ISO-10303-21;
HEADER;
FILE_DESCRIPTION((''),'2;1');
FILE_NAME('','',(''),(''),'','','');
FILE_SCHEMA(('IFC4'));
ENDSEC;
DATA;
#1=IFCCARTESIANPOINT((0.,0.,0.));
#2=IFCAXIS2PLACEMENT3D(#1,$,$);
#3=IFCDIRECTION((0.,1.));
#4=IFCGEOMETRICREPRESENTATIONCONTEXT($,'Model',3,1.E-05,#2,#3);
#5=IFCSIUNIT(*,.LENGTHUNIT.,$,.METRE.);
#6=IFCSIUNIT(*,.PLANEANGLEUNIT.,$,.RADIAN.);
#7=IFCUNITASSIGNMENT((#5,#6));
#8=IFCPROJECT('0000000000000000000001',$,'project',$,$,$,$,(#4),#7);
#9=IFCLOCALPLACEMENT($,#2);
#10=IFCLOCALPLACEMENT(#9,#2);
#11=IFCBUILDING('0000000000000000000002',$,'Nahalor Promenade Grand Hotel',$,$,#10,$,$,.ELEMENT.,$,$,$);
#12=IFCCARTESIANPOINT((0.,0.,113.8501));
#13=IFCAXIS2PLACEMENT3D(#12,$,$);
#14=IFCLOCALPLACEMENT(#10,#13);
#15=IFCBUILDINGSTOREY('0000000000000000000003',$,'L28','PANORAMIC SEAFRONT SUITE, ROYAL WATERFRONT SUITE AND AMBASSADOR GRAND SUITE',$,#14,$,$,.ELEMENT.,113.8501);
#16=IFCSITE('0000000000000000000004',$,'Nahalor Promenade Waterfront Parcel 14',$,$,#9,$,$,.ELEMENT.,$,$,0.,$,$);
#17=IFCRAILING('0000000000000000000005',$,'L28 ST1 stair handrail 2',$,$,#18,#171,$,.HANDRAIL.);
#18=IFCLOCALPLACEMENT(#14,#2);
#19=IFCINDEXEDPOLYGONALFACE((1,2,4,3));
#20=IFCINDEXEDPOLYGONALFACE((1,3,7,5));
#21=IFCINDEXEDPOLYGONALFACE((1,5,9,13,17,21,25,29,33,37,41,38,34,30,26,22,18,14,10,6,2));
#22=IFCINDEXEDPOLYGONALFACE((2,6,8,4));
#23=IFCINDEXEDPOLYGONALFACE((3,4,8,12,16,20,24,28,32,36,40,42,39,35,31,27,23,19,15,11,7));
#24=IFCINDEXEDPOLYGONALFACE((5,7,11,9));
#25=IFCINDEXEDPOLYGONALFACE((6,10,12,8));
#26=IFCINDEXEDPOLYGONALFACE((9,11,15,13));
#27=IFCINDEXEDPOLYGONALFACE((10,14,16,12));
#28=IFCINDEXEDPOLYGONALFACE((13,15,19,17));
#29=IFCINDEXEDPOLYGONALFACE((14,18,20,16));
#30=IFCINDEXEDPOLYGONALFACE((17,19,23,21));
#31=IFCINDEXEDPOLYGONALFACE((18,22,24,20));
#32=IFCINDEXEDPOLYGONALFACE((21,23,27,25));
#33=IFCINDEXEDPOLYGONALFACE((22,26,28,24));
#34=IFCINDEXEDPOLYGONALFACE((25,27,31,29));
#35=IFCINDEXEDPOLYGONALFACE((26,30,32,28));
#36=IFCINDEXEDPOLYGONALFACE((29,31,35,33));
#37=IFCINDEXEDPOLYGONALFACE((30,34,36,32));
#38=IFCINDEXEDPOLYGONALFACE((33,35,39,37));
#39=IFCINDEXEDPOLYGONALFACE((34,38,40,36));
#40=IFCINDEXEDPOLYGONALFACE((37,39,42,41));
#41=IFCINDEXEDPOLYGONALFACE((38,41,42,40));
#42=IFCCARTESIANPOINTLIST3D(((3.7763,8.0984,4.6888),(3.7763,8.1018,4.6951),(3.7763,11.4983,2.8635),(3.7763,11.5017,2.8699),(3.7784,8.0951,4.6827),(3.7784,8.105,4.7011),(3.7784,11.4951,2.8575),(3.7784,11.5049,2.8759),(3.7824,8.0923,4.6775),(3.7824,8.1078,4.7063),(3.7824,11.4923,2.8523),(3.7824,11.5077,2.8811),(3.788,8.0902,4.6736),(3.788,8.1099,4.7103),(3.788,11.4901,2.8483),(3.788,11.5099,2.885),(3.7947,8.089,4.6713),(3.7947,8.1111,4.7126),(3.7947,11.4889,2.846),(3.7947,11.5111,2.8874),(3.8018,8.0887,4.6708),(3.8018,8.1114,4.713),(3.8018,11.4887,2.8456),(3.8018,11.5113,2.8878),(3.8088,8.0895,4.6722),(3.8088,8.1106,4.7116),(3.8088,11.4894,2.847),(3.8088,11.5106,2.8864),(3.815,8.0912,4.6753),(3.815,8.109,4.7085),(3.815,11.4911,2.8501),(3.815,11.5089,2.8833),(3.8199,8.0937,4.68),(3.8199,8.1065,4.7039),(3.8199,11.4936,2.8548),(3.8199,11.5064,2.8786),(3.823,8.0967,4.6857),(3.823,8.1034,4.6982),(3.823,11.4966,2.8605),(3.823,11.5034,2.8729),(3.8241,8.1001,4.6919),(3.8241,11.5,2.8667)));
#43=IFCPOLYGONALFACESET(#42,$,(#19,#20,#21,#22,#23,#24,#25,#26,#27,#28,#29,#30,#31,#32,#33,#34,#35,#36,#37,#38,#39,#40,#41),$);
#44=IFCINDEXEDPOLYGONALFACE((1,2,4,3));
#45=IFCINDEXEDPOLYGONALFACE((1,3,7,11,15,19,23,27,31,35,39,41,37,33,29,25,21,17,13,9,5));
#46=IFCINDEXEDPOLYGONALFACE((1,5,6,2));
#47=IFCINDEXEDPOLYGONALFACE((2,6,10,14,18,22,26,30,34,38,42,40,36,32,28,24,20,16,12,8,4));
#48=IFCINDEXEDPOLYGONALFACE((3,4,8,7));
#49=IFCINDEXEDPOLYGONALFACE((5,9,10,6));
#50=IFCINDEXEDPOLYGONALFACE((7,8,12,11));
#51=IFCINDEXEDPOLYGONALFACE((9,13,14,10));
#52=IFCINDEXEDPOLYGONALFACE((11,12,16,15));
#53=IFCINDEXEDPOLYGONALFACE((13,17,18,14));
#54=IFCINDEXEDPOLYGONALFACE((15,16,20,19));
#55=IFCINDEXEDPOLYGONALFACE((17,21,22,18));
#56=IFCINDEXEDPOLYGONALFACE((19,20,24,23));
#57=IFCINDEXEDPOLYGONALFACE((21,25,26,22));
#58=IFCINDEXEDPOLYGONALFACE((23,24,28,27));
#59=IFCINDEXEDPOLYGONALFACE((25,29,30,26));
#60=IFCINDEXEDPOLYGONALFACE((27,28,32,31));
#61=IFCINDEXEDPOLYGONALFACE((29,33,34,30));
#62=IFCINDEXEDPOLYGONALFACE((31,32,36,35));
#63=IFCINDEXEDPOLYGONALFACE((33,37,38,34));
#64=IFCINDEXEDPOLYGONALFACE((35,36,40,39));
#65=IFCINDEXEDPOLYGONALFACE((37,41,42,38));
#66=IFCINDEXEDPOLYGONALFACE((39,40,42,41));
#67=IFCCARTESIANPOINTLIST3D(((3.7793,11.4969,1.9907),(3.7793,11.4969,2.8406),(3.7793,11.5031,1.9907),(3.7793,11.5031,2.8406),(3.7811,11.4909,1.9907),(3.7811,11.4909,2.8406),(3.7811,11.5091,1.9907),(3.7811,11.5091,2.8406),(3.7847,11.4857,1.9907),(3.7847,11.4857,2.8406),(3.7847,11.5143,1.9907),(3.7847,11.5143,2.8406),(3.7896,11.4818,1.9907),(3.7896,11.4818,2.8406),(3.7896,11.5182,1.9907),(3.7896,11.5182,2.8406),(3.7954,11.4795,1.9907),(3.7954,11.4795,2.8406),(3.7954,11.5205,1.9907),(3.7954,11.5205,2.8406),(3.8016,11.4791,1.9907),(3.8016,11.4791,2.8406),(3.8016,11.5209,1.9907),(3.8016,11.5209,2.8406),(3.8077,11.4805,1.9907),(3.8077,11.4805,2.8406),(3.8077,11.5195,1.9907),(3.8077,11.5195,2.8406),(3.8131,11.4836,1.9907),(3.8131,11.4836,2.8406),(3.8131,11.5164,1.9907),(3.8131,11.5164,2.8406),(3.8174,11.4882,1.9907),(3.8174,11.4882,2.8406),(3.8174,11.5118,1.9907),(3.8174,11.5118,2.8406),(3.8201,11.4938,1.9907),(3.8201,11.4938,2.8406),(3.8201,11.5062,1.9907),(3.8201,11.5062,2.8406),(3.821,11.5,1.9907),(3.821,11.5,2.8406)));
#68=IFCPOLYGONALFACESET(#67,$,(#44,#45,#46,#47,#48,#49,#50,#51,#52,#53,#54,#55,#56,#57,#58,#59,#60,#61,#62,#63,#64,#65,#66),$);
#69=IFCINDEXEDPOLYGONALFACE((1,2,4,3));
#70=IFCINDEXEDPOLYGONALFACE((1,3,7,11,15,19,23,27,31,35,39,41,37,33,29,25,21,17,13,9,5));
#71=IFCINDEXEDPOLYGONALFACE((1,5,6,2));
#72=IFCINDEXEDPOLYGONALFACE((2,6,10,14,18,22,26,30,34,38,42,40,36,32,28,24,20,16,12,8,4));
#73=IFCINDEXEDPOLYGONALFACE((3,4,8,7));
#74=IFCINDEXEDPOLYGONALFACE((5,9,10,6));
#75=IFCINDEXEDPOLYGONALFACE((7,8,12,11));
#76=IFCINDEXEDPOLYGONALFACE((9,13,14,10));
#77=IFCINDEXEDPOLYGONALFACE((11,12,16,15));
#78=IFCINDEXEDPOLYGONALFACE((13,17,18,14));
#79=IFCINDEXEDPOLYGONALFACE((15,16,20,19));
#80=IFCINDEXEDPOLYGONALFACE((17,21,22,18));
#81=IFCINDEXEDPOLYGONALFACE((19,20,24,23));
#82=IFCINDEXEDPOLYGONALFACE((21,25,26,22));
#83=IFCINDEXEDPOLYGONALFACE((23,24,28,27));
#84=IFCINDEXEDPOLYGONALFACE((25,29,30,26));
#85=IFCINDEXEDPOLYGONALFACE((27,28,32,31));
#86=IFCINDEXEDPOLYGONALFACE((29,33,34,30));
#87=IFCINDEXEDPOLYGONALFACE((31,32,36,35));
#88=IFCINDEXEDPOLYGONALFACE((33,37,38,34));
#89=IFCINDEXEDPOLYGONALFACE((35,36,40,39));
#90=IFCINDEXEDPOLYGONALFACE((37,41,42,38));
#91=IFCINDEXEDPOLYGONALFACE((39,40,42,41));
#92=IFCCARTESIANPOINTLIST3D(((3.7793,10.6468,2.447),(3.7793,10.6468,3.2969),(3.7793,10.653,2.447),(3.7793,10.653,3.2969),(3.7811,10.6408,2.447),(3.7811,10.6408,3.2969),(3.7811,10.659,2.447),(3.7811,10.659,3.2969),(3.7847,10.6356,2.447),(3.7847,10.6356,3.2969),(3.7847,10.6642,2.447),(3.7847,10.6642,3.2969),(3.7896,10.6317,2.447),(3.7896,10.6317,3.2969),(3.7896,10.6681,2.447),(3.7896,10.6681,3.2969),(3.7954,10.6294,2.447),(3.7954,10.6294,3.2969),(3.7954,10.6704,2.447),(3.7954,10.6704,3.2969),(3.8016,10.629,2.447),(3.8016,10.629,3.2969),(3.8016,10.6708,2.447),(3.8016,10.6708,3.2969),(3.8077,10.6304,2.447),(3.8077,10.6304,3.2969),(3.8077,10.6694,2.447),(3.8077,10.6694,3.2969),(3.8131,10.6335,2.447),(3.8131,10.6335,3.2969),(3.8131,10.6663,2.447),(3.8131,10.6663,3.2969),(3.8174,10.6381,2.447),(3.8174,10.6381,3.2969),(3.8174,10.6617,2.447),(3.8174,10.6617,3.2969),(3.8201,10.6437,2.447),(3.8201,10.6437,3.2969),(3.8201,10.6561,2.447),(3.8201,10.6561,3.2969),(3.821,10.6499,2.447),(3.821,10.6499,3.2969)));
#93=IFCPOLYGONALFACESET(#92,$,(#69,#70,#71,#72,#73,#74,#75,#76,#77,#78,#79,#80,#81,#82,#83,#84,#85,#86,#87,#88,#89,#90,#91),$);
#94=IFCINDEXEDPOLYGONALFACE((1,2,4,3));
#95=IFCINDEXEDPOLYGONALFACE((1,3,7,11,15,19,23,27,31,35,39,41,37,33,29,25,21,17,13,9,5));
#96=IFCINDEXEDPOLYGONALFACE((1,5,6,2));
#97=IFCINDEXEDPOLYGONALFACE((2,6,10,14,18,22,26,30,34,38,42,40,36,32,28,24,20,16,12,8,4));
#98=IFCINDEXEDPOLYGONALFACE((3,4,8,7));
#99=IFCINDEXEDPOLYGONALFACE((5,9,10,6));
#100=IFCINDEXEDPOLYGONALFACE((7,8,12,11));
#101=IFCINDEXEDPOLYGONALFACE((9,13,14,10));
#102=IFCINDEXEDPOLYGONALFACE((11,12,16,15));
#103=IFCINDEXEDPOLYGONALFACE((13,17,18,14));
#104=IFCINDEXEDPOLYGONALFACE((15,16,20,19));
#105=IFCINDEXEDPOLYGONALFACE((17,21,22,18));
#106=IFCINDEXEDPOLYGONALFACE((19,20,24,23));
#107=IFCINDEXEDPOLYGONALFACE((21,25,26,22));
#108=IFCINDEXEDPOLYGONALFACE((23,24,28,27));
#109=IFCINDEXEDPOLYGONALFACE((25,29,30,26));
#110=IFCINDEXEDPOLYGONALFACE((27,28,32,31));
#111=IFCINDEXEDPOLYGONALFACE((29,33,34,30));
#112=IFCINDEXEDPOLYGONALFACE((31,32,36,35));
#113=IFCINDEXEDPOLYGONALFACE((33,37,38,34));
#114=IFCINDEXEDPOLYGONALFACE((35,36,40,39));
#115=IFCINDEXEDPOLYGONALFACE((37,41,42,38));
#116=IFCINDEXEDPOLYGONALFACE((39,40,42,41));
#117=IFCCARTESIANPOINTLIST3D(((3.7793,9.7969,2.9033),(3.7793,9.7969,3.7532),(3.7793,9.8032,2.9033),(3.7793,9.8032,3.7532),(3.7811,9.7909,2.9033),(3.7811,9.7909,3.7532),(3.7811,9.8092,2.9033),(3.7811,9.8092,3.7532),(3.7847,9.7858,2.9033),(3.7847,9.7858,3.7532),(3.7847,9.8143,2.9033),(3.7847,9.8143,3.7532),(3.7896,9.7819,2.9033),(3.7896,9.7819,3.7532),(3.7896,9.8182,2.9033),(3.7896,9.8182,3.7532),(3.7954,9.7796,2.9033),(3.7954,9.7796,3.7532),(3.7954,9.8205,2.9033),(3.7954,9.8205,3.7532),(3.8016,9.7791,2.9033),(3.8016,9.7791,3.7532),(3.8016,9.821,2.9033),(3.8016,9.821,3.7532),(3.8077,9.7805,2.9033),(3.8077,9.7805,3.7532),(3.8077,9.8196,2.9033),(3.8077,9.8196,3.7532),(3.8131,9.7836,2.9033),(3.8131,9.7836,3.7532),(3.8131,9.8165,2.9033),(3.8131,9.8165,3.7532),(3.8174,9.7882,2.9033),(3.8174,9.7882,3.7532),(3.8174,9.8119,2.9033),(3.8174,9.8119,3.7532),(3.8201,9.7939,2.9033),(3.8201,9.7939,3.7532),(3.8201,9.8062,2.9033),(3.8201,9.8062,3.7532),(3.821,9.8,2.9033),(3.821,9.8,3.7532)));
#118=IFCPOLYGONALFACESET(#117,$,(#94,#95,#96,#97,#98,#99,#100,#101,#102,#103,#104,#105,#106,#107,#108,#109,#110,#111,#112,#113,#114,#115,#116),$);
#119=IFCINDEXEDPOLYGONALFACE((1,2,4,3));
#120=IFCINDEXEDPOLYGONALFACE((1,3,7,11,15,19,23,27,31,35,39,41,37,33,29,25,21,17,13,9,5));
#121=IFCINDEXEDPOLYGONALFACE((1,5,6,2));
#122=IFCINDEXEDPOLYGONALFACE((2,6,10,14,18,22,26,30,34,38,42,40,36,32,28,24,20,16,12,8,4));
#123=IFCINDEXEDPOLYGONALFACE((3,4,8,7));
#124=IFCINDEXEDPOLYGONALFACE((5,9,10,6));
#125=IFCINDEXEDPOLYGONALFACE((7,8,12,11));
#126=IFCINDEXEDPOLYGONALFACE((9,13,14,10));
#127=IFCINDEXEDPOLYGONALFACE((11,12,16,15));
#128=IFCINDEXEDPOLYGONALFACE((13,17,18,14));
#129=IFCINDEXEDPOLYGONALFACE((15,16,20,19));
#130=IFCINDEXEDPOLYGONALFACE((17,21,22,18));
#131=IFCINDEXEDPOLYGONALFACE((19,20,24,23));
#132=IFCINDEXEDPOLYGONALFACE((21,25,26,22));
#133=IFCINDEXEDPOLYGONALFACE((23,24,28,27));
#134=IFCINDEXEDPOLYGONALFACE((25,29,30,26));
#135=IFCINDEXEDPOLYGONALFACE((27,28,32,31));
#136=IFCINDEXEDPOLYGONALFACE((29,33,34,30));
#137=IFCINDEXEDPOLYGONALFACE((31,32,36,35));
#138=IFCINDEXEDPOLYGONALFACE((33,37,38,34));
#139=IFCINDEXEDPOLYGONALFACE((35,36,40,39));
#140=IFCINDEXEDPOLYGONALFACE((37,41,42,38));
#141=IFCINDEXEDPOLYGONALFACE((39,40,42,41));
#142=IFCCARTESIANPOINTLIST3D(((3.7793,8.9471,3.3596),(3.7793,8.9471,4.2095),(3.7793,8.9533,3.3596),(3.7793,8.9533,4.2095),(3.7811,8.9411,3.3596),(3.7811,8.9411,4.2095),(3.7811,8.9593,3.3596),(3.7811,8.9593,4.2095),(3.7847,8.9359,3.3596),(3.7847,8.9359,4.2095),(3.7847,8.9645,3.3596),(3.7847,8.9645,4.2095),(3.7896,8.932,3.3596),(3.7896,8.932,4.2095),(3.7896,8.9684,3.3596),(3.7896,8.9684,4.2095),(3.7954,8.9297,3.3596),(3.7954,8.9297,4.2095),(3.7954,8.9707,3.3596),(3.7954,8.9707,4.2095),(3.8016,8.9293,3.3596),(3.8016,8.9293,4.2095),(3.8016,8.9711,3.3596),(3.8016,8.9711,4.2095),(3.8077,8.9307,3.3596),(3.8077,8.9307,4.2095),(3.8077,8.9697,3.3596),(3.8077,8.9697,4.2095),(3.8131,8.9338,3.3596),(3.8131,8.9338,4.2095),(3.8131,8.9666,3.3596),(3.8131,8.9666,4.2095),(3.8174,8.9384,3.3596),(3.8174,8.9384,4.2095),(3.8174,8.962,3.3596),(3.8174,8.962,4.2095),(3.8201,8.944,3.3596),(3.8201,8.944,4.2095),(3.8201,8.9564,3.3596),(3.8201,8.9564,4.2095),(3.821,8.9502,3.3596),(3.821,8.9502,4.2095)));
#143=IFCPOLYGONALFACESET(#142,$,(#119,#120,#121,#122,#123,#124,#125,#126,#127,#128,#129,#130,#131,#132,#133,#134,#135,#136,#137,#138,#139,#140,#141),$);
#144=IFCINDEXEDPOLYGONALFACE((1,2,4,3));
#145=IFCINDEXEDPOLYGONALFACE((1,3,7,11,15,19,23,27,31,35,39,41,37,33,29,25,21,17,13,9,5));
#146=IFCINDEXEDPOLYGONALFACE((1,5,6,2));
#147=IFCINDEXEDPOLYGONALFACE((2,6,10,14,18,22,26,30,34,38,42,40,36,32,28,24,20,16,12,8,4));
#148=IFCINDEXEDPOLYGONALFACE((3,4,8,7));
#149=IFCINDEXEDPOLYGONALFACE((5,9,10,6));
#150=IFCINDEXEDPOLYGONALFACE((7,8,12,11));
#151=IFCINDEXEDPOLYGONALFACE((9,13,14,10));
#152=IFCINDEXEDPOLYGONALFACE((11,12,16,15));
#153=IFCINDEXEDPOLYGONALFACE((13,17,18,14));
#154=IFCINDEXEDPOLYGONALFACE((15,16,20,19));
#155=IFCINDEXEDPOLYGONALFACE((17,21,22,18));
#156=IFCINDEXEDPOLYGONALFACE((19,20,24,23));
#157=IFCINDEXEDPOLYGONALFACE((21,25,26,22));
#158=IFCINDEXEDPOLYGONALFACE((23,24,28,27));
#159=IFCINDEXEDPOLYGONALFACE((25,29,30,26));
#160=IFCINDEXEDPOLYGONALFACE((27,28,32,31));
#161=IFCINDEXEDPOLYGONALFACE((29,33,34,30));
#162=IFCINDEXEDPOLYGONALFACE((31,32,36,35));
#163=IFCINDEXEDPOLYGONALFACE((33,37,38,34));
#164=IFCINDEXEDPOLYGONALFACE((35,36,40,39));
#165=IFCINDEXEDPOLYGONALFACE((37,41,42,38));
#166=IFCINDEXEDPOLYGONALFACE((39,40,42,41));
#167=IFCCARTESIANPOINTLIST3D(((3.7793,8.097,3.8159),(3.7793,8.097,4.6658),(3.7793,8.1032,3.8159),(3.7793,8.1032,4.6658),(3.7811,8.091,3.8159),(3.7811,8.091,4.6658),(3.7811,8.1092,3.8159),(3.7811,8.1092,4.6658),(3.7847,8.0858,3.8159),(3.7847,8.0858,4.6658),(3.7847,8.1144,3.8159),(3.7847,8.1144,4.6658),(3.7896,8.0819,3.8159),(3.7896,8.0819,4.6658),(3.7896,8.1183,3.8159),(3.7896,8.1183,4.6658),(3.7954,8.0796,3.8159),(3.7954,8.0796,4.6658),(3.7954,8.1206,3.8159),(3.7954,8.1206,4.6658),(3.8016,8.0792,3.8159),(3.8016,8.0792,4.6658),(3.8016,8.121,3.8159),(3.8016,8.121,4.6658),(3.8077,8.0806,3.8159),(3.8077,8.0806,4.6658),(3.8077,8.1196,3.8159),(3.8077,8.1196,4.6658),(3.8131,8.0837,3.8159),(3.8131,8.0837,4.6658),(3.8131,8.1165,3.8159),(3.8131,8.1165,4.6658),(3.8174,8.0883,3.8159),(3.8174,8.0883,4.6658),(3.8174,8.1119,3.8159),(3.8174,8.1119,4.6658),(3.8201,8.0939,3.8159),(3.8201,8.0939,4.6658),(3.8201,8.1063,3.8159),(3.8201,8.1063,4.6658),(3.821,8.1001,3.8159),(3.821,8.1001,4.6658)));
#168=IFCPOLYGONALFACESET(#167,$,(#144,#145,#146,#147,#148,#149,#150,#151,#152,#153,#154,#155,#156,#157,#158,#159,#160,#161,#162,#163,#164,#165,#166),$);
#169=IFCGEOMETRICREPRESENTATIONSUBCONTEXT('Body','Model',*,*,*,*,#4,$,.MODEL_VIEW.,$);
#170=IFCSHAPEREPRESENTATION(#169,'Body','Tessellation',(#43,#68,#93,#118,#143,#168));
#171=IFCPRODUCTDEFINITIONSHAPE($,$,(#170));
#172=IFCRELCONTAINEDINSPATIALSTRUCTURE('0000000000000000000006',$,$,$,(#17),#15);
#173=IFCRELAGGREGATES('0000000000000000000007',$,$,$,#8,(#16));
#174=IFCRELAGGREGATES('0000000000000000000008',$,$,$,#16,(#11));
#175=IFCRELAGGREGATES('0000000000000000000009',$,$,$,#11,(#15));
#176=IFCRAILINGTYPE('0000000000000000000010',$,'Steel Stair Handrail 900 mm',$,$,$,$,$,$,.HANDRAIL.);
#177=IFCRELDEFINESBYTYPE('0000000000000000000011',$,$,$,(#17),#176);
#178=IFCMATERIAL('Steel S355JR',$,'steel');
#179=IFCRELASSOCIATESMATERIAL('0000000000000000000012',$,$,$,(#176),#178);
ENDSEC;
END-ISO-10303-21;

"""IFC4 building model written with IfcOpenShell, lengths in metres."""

from ifc_helpers import new_model, si_unit, direction, frame, origin, origin_2d, place, context, subcontext, project, spatial, circle, extrude, material, type_object, element, save


model = new_model("IFC4")

# Units and contexts
model_context = context("Model", 3, precision=1e-05, world=origin(), true_north=direction((0.0, 1.0)))
body_context = subcontext(model_context, "Body", "Model", "MODEL_VIEW")
ifc_project = project(units=[si_unit("LENGTHUNIT", "METRE"), si_unit("PLANEANGLEUNIT", "RADIAN")], contexts=[model_context])

# Site, building, storey
site_placement = place(None, origin())
site = spatial("IfcSite", under=ifc_project, at=site_placement, Name="Nahalor Promenade Waterfront Parcel 14", CompositionType="ELEMENT", RefElevation=0.0)
building_placement = place(site_placement, origin())
building = spatial("IfcBuilding", under=site, at=building_placement, Name="Nahalor Promenade Grand Hotel", CompositionType="ELEMENT")
storey_placement = place(building_placement, frame((0.0, 0.0, 113.8501)))
storey = spatial("IfcBuildingStorey", under=building, at=storey_placement, Name="L28", Description="PANORAMIC SEAFRONT SUITE, ROYAL WATERFRONT SUITE AND AMBASSADOR GRAND SUITE", CompositionType="ELEMENT", Elevation=113.8501)

# Shared definitions
ifc_material_1 = material(Name="Steel S355JR", Category="steel")

# Railing
railing_type_1 = type_object("IfcRailingType", Name="Steel Stair Handrail 900 mm", PredefinedType="HANDRAIL", material=ifc_material_1)
railing_1_placement = place(storey_placement, frame((3.8, 11.5, 1.9907)))
element("IfcRailing", 1, at=railing_1_placement, inside=storey, type_object=railing_type_1, Name="L28 ST1 stair handrail 2", PredefinedType="HANDRAIL", context=body_context, shape_type="SweptSolid", body=[
    extrude(circle(Radius=0.024, at=origin_2d()), frame((0.0, 0.0, 0.876), z_axis=(0.0, -0.881068, 0.47299), x_axis=(1.0, 0.0, 0.0)), (0.0, 0.0, 1.0), 3.8589),
    extrude(circle(Radius=0.021, at=origin_2d()), origin(), (0.0, 0.0, 1.0), 0.8499),
    extrude(circle(Radius=0.021, at=origin_2d()), frame((0.0, -0.8501, 0.4563)), (0.0, 0.0, 1.0), 0.8499),
    extrude(circle(Radius=0.021, at=origin_2d()), frame((0.0, -1.7, 0.9126)), (0.0, 0.0, 1.0), 0.8499),
    extrude(circle(Radius=0.021, at=origin_2d()), frame((0.0, -2.5498, 1.3689)), (0.0, 0.0, 1.0), 0.8499),
    extrude(circle(Radius=0.021, at=origin_2d()), frame((0.0, -3.3999, 1.8252)), (0.0, 0.0, 1.0), 0.8499),
])

save(model, "model.ifc")
